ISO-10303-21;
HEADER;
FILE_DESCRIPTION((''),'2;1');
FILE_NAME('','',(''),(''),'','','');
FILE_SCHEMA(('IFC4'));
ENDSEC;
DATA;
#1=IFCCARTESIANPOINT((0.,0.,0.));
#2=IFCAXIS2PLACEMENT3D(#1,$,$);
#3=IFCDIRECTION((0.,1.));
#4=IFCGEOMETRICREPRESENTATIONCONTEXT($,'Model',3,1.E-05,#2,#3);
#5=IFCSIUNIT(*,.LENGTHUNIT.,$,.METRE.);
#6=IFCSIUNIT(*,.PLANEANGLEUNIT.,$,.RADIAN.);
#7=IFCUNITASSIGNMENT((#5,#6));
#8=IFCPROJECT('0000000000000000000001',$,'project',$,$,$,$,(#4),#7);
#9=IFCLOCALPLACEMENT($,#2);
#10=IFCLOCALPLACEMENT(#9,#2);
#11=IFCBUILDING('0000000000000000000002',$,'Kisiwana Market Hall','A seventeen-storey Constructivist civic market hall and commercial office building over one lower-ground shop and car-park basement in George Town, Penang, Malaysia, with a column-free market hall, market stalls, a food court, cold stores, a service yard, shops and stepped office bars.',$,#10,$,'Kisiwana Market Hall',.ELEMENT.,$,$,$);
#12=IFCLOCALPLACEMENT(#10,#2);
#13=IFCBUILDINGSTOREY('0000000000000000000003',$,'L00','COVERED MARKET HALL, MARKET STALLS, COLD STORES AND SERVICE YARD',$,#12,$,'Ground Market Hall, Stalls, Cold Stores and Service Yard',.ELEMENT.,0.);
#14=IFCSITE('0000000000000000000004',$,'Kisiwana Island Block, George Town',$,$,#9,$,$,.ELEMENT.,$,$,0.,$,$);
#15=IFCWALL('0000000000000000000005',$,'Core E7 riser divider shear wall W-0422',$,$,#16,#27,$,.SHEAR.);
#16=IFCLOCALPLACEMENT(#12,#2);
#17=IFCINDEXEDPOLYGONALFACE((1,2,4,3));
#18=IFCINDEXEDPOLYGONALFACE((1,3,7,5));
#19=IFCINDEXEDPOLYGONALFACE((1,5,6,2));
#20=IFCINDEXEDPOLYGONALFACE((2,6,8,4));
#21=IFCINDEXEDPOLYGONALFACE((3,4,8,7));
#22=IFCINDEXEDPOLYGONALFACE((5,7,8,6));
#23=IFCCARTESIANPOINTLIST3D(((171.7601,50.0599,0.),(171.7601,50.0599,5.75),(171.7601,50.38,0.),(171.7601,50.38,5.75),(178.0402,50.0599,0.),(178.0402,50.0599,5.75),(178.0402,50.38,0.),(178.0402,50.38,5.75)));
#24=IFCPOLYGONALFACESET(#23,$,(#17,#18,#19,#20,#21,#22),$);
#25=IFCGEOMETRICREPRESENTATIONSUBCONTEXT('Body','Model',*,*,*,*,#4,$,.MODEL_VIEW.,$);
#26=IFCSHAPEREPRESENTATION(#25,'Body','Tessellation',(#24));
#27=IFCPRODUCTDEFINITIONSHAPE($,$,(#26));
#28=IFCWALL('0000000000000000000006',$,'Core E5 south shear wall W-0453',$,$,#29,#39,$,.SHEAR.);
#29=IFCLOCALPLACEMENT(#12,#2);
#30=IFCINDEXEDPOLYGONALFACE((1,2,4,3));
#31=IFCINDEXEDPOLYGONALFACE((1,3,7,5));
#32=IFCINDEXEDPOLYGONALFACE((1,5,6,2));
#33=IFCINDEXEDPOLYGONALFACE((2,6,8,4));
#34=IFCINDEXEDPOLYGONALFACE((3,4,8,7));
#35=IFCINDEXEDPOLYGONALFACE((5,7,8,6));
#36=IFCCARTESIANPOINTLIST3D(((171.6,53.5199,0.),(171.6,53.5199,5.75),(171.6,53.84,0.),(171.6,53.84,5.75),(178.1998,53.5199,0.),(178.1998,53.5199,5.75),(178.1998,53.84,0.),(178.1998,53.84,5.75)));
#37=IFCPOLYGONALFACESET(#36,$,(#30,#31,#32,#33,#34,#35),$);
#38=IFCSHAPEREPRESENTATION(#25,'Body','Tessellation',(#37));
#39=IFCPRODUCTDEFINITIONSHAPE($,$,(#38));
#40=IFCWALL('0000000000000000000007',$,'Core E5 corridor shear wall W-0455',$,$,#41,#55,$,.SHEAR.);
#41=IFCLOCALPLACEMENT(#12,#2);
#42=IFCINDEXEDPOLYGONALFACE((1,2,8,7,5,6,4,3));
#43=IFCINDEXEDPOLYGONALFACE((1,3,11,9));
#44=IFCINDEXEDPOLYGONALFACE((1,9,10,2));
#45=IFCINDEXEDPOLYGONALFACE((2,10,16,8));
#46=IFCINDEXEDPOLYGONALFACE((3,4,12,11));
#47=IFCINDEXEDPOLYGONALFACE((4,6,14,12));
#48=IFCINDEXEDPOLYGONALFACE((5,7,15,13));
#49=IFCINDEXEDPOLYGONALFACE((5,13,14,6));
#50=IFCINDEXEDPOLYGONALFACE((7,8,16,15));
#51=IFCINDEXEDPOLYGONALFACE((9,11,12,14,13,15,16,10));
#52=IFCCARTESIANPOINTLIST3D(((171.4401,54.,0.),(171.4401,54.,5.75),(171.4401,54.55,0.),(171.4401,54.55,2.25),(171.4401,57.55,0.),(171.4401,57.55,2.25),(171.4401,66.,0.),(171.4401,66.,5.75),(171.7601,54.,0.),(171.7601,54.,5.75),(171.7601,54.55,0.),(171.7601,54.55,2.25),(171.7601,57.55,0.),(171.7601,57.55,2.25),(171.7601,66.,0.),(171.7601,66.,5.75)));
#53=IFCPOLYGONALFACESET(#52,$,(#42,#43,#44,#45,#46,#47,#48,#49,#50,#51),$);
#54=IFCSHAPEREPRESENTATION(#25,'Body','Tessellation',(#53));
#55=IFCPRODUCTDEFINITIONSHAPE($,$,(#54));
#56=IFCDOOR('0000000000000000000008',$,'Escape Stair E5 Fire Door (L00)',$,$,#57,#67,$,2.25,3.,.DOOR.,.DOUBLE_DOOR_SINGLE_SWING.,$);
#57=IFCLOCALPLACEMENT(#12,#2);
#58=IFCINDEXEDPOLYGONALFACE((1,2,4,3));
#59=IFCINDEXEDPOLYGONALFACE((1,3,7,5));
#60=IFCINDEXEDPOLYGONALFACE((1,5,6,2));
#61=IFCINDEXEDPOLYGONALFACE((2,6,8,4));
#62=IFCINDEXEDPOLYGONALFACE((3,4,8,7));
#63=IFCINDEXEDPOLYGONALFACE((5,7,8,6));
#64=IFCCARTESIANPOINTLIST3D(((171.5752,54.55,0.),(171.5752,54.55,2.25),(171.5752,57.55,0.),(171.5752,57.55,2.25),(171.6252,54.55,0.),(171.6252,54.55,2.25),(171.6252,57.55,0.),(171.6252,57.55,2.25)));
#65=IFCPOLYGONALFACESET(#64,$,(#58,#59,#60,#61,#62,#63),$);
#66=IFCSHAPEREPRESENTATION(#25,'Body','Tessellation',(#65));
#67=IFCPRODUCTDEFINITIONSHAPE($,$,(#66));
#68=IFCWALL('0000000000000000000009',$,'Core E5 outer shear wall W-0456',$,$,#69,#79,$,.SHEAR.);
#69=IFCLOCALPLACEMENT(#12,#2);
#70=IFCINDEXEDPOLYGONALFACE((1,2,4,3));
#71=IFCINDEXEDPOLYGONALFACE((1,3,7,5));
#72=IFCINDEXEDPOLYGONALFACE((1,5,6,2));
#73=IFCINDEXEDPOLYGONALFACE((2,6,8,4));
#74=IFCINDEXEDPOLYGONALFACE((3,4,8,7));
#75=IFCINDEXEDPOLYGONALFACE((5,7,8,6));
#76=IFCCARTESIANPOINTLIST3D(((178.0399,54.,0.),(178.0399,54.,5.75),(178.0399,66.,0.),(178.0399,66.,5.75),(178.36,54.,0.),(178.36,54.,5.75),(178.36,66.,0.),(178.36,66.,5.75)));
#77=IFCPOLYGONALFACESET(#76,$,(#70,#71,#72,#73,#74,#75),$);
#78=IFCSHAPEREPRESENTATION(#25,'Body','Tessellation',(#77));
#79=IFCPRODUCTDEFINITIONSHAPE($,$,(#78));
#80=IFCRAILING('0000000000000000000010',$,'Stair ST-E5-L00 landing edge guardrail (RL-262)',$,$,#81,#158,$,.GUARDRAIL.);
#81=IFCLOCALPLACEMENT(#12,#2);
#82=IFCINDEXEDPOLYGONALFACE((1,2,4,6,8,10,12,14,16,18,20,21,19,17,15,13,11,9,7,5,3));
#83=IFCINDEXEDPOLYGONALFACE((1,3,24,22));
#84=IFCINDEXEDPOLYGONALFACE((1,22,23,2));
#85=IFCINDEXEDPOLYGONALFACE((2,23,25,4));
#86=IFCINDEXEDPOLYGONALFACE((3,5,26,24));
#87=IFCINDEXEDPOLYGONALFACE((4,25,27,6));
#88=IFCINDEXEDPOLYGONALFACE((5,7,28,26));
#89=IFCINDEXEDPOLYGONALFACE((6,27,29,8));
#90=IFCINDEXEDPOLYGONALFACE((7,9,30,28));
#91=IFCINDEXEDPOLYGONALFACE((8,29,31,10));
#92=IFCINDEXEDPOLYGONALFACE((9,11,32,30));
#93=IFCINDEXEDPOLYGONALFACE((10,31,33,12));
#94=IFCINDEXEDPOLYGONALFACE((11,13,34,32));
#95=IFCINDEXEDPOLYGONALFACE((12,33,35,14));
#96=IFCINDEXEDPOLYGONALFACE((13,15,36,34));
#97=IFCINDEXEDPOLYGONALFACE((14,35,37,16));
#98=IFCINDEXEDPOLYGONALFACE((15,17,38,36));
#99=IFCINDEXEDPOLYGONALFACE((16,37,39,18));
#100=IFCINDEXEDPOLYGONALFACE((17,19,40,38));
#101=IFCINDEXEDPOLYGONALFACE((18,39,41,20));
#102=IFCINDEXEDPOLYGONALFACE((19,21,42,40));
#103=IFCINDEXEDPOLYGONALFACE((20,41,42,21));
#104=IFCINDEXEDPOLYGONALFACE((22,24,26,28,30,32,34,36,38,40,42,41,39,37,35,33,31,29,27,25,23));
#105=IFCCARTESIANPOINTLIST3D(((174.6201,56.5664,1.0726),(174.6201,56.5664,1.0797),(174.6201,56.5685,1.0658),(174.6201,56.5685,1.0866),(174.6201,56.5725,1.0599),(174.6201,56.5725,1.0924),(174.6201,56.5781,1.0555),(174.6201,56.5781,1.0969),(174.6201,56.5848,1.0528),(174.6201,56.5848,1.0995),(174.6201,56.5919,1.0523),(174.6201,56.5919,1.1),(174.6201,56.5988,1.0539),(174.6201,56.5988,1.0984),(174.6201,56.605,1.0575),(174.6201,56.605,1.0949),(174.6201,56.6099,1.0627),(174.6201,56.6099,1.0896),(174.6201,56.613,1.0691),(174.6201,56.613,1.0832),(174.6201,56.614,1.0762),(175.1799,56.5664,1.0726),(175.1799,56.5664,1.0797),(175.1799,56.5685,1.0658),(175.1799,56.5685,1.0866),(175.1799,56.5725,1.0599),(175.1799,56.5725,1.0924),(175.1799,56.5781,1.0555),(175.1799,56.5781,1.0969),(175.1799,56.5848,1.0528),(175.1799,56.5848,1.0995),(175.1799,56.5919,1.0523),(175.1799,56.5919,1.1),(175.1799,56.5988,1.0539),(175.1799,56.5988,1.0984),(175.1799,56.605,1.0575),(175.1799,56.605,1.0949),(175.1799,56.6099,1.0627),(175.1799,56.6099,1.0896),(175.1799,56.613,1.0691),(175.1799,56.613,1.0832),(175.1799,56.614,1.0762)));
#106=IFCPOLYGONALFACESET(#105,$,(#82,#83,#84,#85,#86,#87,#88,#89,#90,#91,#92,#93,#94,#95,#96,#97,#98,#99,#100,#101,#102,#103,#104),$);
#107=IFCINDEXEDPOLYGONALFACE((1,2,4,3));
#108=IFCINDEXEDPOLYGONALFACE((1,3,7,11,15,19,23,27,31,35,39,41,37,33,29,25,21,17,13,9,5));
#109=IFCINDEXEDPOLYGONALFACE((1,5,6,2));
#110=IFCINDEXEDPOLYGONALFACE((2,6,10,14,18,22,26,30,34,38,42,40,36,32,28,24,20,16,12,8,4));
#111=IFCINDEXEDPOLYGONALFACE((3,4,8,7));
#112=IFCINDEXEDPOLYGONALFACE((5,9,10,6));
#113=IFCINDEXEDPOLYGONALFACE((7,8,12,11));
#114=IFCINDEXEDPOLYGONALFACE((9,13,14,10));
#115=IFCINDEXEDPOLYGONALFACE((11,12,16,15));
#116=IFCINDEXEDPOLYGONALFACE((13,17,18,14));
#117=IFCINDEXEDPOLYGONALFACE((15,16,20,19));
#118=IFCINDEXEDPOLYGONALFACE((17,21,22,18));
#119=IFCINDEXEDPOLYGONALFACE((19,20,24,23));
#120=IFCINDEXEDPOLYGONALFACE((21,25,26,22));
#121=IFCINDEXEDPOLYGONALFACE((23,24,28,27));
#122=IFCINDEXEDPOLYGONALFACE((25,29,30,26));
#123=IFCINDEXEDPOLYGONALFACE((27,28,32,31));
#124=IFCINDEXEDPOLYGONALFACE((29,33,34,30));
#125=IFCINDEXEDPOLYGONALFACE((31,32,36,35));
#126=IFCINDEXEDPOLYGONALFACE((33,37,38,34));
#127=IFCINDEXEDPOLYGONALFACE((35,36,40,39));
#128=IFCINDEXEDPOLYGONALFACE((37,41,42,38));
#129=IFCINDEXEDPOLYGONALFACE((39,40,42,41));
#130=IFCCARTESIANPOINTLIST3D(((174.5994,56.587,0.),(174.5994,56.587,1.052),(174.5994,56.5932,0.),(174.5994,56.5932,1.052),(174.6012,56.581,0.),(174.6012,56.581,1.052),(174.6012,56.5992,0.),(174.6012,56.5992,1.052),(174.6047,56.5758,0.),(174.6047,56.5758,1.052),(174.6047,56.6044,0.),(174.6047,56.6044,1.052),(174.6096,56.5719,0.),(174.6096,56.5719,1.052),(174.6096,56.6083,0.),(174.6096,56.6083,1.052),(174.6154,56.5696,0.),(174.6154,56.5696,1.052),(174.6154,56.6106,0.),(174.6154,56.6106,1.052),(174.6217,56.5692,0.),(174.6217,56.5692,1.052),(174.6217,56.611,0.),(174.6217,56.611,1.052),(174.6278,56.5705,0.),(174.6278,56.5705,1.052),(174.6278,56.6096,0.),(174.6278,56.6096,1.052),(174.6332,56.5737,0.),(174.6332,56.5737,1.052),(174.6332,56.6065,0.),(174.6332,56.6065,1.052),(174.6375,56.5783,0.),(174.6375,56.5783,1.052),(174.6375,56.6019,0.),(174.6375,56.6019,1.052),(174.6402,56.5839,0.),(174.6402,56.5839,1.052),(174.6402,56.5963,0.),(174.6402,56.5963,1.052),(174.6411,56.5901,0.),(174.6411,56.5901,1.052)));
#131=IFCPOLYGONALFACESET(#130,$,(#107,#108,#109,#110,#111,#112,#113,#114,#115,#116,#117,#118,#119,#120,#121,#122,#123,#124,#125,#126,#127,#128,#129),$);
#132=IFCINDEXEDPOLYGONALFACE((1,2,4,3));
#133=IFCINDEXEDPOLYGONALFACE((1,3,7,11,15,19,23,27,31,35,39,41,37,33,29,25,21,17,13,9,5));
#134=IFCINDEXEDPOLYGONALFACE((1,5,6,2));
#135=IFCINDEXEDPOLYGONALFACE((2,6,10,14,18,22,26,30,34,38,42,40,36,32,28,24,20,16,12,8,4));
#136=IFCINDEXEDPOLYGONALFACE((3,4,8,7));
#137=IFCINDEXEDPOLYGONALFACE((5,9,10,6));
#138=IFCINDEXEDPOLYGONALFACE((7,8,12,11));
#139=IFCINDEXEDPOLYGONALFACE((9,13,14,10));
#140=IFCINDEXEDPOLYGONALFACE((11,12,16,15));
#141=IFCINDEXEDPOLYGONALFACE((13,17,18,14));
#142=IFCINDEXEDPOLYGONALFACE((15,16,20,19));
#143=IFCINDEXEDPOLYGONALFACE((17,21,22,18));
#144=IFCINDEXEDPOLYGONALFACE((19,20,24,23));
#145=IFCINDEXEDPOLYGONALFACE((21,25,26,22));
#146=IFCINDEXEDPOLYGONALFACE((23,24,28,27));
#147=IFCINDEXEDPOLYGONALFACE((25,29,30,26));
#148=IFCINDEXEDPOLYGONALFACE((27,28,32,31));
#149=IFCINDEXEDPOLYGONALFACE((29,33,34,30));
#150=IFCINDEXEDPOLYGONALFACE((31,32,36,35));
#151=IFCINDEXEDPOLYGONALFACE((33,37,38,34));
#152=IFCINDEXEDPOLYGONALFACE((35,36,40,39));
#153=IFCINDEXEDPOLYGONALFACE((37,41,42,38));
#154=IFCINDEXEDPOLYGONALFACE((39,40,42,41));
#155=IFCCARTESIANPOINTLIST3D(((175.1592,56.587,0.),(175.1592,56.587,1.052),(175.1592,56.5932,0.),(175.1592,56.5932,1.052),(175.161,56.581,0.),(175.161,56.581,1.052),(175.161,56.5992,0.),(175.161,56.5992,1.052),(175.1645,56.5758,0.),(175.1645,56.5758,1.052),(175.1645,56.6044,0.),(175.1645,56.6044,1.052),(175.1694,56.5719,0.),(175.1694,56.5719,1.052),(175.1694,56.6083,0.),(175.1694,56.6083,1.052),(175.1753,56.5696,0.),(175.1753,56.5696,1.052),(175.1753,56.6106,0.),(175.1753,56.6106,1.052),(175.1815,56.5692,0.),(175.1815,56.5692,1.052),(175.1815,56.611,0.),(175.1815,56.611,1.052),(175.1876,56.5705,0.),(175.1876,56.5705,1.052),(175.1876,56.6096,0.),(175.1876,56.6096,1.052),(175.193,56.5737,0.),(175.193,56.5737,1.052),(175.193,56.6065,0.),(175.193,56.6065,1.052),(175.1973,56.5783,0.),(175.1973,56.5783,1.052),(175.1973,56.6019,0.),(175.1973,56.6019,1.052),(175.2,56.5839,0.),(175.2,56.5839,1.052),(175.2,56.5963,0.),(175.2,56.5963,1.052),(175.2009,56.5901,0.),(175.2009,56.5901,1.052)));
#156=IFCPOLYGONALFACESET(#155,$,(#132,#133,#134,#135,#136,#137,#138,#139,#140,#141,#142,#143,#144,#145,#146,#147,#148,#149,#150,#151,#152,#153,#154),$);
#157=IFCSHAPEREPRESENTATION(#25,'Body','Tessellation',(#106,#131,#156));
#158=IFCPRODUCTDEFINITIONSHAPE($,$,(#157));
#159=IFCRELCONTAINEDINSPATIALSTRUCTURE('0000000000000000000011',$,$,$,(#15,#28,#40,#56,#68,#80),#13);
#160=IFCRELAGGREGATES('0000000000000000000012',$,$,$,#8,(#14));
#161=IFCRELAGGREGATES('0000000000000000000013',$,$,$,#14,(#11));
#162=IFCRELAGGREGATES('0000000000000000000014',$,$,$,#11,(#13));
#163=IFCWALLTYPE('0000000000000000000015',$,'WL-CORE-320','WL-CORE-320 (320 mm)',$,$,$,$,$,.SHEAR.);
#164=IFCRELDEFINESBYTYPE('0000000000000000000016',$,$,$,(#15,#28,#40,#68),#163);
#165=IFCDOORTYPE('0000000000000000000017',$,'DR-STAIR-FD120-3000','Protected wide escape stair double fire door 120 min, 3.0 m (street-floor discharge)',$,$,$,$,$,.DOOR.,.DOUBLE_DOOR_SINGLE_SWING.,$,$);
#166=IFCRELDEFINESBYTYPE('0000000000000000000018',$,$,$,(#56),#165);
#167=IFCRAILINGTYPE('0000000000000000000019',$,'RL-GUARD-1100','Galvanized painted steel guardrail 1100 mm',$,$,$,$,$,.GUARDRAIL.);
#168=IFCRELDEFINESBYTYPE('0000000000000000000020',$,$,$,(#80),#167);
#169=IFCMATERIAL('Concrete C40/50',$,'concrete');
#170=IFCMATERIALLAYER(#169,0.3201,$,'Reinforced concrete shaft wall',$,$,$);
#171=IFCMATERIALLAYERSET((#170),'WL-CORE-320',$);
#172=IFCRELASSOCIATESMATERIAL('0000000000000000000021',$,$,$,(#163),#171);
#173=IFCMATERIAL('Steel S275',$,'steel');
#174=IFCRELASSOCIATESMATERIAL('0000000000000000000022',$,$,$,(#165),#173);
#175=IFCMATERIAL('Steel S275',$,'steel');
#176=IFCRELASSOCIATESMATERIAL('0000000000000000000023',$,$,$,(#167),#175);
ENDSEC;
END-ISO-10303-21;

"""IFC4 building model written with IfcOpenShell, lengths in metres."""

from ifc_helpers import new_model, si_unit, direction, frame, frame_2d, origin, origin_2d, place, context, subcontext, project, spatial, rectangle, circle, extrude, material, layer, layer_set, type_object, element, fill, save


model = new_model("IFC4")

# Units and contexts
model_context = context("Model", 3, precision=1e-05, world=origin(), true_north=direction((0.0, 1.0)))
body_context = subcontext(model_context, "Body", "Model", "MODEL_VIEW")
ifc_project = project(units=[si_unit("LENGTHUNIT", "METRE"), si_unit("PLANEANGLEUNIT", "RADIAN")], contexts=[model_context])

# Site, building, storey
site_placement = place(None, origin())
site = spatial("IfcSite", under=ifc_project, at=site_placement, Name="Kisiwana Island Block, George Town", CompositionType="ELEMENT", RefElevation=0.0)
building_placement = place(site_placement, origin())
building = spatial("IfcBuilding", under=site, at=building_placement, Name="Kisiwana Market Hall", Description="A seventeen-storey Constructivist civic market hall and commercial office building over one lower-ground shop and car-park basement in George Town, Penang, Malaysia, with a column-free market hall, market stalls, a food court, cold stores, a service yard, shops and stepped office bars.", LongName="Kisiwana Market Hall", CompositionType="ELEMENT")
storey_placement = place(building_placement, origin())
storey = spatial("IfcBuildingStorey", under=building, at=storey_placement, Name="L00", Description="COVERED MARKET HALL, MARKET STALLS, COLD STORES AND SERVICE YARD", LongName="Ground Market Hall, Stalls, Cold Stores and Service Yard", CompositionType="ELEMENT", Elevation=0.0)

# Walls
ifc_material_1 = material(Name="Concrete C40/50", Category="concrete")
ifc_layer = layer(ifc_material_1, 0.3201, Name="Reinforced concrete shaft wall")
ifc_layer_set = layer_set([ifc_layer], Name="WL-CORE-320")
wall_type = type_object("IfcWallType", Name="WL-CORE-320", Description="WL-CORE-320 (320 mm)", PredefinedType="SHEAR", material=ifc_layer_set)
wall_1_placement = place(storey_placement, frame((171.76, 50.22, 0.0), z_axis=(0.0, 0.0, 1.0), x_axis=(1.0, 0.0, 0.0)))
element("IfcWall", 1, at=wall_1_placement, inside=storey, type_object=wall_type, Name="Core E7 riser divider shear wall W-0422", PredefinedType="SHEAR", context=body_context, shape_type="SweptSolid", body=[
    extrude(rectangle(XDim=6.28, YDim=0.3201, at=frame_2d((3.1401, 0.0))), origin(), (0.0, 0.0, 1.0), 5.75),
])
wall_2_placement = place(storey_placement, frame((171.6001, 53.6799, 0.0), z_axis=(0.0, 0.0, 1.0), x_axis=(1.0, 0.0, 0.0)))
element("IfcWall", 2, at=wall_2_placement, inside=storey, type_object=wall_type, Name="Core E5 south shear wall W-0453", PredefinedType="SHEAR", context=body_context, shape_type="SweptSolid", body=[
    extrude(rectangle(XDim=6.5999, YDim=0.3201, at=frame_2d((3.2998, 0.0))), origin(), (0.0, 0.0, 1.0), 5.75),
])

# Wall, opening, door
wall_3_placement = place(storey_placement, frame((171.6001, 54.0, 0.0), z_axis=(0.0, 0.0, 1.0), x_axis=(0.0, 1.0, 0.0)))
wall_3 = element("IfcWall", 3, at=wall_3_placement, inside=storey, type_object=wall_type, Name="Core E5 corridor shear wall W-0455", PredefinedType="SHEAR", context=body_context, shape_type="SweptSolid", body=[
    extrude(rectangle(XDim=12.0, YDim=0.3201, at=frame_2d((6.0, 0.0))), origin(), (0.0, 0.0, 1.0), 5.75),
])
opening_placement = place(wall_3_placement, frame((0.55, 0.0, 0.0)))
opening = element("IfcOpeningElement", 4, at=opening_placement, cuts=wall_3, PredefinedType="OPENING", context=body_context, shape_type="SweptSolid", body=[
    extrude(rectangle(XDim=3.0, YDim=2.25, at=frame_2d((1.5, 1.125))), frame((0.0, 0.1719, 0.0), z_axis=(0.0, -1.0, 0.0), x_axis=(1.0, 0.0, 0.0)), (0.0, 0.0, 1.0), 0.344),
])
ifc_material_2 = material(Name="Steel S275", Category="steel")
door_type = type_object("IfcDoorType", Name="DR-STAIR-FD120-3000", Description="Protected wide escape stair double fire door 120 min, 3.0 m (street-floor discharge)", OperationType="DOUBLE_DOOR_SINGLE_SWING", PredefinedType="DOOR", material=ifc_material_2)
door_placement = place(opening_placement, origin())
door = element("IfcDoor", 5, at=door_placement, inside=storey, type_object=door_type, Name="Escape Stair E5 Fire Door (L00)", OperationType="DOUBLE_DOOR_SINGLE_SWING", OverallHeight=2.25, OverallWidth=3.0, PredefinedType="DOOR", context=body_context, shape_type="SweptSolid", body=[
    extrude(rectangle(XDim=3.0, YDim=2.25, at=frame_2d((1.5, 1.125))), frame((0.0, 0.0249, 0.0), z_axis=(0.0, -1.0, 0.0), x_axis=(1.0, 0.0, 0.0)), (0.0, 0.0, 1.0), 0.05),
])
fill(opening, door)

# Wall
wall_4_placement = place(storey_placement, frame((178.2, 54.0, 0.0), z_axis=(0.0, 0.0, 1.0), x_axis=(0.0, 1.0, 0.0)))
element("IfcWall", 6, at=wall_4_placement, inside=storey, type_object=wall_type, Name="Core E5 outer shear wall W-0456", PredefinedType="SHEAR", context=body_context, shape_type="SweptSolid", body=[
    extrude(rectangle(XDim=12.0, YDim=0.3201, at=frame_2d((6.0, 0.0))), origin(), (0.0, 0.0, 1.0), 5.75),
])

# Railing
ifc_material_3 = material(Name="Steel S275", Category="steel")
railing_type_1 = type_object("IfcRailingType", Name="RL-GUARD-1100", Description="Galvanized painted steel guardrail 1100 mm", PredefinedType="GUARDRAIL", material=ifc_material_3)
railing_1_placement = place(storey_placement, frame((174.6201, 56.5901, 0.0)))
element("IfcRailing", 7, at=railing_1_placement, inside=storey, type_object=railing_type_1, Name="Stair ST-E5-L00 landing edge guardrail (RL-262)", PredefinedType="GUARDRAIL", context=body_context, shape_type="SweptSolid", body=[
    extrude(circle(Radius=0.0239, at=origin_2d()), frame((0.0, 0.0, 1.0762), z_axis=(1.0, 0.0, 0.0), x_axis=(0.0, 1.0, 0.0)), (0.0, 0.0, 1.0), 0.5598),
    extrude(circle(Radius=0.021, at=origin_2d()), origin(), (0.0, 0.0, 1.0), 1.052),
    extrude(circle(Radius=0.021, at=origin_2d()), frame((0.5598, 0.0, 0.0)), (0.0, 0.0, 1.0), 1.052),
])

save(model, "model.ifc")
